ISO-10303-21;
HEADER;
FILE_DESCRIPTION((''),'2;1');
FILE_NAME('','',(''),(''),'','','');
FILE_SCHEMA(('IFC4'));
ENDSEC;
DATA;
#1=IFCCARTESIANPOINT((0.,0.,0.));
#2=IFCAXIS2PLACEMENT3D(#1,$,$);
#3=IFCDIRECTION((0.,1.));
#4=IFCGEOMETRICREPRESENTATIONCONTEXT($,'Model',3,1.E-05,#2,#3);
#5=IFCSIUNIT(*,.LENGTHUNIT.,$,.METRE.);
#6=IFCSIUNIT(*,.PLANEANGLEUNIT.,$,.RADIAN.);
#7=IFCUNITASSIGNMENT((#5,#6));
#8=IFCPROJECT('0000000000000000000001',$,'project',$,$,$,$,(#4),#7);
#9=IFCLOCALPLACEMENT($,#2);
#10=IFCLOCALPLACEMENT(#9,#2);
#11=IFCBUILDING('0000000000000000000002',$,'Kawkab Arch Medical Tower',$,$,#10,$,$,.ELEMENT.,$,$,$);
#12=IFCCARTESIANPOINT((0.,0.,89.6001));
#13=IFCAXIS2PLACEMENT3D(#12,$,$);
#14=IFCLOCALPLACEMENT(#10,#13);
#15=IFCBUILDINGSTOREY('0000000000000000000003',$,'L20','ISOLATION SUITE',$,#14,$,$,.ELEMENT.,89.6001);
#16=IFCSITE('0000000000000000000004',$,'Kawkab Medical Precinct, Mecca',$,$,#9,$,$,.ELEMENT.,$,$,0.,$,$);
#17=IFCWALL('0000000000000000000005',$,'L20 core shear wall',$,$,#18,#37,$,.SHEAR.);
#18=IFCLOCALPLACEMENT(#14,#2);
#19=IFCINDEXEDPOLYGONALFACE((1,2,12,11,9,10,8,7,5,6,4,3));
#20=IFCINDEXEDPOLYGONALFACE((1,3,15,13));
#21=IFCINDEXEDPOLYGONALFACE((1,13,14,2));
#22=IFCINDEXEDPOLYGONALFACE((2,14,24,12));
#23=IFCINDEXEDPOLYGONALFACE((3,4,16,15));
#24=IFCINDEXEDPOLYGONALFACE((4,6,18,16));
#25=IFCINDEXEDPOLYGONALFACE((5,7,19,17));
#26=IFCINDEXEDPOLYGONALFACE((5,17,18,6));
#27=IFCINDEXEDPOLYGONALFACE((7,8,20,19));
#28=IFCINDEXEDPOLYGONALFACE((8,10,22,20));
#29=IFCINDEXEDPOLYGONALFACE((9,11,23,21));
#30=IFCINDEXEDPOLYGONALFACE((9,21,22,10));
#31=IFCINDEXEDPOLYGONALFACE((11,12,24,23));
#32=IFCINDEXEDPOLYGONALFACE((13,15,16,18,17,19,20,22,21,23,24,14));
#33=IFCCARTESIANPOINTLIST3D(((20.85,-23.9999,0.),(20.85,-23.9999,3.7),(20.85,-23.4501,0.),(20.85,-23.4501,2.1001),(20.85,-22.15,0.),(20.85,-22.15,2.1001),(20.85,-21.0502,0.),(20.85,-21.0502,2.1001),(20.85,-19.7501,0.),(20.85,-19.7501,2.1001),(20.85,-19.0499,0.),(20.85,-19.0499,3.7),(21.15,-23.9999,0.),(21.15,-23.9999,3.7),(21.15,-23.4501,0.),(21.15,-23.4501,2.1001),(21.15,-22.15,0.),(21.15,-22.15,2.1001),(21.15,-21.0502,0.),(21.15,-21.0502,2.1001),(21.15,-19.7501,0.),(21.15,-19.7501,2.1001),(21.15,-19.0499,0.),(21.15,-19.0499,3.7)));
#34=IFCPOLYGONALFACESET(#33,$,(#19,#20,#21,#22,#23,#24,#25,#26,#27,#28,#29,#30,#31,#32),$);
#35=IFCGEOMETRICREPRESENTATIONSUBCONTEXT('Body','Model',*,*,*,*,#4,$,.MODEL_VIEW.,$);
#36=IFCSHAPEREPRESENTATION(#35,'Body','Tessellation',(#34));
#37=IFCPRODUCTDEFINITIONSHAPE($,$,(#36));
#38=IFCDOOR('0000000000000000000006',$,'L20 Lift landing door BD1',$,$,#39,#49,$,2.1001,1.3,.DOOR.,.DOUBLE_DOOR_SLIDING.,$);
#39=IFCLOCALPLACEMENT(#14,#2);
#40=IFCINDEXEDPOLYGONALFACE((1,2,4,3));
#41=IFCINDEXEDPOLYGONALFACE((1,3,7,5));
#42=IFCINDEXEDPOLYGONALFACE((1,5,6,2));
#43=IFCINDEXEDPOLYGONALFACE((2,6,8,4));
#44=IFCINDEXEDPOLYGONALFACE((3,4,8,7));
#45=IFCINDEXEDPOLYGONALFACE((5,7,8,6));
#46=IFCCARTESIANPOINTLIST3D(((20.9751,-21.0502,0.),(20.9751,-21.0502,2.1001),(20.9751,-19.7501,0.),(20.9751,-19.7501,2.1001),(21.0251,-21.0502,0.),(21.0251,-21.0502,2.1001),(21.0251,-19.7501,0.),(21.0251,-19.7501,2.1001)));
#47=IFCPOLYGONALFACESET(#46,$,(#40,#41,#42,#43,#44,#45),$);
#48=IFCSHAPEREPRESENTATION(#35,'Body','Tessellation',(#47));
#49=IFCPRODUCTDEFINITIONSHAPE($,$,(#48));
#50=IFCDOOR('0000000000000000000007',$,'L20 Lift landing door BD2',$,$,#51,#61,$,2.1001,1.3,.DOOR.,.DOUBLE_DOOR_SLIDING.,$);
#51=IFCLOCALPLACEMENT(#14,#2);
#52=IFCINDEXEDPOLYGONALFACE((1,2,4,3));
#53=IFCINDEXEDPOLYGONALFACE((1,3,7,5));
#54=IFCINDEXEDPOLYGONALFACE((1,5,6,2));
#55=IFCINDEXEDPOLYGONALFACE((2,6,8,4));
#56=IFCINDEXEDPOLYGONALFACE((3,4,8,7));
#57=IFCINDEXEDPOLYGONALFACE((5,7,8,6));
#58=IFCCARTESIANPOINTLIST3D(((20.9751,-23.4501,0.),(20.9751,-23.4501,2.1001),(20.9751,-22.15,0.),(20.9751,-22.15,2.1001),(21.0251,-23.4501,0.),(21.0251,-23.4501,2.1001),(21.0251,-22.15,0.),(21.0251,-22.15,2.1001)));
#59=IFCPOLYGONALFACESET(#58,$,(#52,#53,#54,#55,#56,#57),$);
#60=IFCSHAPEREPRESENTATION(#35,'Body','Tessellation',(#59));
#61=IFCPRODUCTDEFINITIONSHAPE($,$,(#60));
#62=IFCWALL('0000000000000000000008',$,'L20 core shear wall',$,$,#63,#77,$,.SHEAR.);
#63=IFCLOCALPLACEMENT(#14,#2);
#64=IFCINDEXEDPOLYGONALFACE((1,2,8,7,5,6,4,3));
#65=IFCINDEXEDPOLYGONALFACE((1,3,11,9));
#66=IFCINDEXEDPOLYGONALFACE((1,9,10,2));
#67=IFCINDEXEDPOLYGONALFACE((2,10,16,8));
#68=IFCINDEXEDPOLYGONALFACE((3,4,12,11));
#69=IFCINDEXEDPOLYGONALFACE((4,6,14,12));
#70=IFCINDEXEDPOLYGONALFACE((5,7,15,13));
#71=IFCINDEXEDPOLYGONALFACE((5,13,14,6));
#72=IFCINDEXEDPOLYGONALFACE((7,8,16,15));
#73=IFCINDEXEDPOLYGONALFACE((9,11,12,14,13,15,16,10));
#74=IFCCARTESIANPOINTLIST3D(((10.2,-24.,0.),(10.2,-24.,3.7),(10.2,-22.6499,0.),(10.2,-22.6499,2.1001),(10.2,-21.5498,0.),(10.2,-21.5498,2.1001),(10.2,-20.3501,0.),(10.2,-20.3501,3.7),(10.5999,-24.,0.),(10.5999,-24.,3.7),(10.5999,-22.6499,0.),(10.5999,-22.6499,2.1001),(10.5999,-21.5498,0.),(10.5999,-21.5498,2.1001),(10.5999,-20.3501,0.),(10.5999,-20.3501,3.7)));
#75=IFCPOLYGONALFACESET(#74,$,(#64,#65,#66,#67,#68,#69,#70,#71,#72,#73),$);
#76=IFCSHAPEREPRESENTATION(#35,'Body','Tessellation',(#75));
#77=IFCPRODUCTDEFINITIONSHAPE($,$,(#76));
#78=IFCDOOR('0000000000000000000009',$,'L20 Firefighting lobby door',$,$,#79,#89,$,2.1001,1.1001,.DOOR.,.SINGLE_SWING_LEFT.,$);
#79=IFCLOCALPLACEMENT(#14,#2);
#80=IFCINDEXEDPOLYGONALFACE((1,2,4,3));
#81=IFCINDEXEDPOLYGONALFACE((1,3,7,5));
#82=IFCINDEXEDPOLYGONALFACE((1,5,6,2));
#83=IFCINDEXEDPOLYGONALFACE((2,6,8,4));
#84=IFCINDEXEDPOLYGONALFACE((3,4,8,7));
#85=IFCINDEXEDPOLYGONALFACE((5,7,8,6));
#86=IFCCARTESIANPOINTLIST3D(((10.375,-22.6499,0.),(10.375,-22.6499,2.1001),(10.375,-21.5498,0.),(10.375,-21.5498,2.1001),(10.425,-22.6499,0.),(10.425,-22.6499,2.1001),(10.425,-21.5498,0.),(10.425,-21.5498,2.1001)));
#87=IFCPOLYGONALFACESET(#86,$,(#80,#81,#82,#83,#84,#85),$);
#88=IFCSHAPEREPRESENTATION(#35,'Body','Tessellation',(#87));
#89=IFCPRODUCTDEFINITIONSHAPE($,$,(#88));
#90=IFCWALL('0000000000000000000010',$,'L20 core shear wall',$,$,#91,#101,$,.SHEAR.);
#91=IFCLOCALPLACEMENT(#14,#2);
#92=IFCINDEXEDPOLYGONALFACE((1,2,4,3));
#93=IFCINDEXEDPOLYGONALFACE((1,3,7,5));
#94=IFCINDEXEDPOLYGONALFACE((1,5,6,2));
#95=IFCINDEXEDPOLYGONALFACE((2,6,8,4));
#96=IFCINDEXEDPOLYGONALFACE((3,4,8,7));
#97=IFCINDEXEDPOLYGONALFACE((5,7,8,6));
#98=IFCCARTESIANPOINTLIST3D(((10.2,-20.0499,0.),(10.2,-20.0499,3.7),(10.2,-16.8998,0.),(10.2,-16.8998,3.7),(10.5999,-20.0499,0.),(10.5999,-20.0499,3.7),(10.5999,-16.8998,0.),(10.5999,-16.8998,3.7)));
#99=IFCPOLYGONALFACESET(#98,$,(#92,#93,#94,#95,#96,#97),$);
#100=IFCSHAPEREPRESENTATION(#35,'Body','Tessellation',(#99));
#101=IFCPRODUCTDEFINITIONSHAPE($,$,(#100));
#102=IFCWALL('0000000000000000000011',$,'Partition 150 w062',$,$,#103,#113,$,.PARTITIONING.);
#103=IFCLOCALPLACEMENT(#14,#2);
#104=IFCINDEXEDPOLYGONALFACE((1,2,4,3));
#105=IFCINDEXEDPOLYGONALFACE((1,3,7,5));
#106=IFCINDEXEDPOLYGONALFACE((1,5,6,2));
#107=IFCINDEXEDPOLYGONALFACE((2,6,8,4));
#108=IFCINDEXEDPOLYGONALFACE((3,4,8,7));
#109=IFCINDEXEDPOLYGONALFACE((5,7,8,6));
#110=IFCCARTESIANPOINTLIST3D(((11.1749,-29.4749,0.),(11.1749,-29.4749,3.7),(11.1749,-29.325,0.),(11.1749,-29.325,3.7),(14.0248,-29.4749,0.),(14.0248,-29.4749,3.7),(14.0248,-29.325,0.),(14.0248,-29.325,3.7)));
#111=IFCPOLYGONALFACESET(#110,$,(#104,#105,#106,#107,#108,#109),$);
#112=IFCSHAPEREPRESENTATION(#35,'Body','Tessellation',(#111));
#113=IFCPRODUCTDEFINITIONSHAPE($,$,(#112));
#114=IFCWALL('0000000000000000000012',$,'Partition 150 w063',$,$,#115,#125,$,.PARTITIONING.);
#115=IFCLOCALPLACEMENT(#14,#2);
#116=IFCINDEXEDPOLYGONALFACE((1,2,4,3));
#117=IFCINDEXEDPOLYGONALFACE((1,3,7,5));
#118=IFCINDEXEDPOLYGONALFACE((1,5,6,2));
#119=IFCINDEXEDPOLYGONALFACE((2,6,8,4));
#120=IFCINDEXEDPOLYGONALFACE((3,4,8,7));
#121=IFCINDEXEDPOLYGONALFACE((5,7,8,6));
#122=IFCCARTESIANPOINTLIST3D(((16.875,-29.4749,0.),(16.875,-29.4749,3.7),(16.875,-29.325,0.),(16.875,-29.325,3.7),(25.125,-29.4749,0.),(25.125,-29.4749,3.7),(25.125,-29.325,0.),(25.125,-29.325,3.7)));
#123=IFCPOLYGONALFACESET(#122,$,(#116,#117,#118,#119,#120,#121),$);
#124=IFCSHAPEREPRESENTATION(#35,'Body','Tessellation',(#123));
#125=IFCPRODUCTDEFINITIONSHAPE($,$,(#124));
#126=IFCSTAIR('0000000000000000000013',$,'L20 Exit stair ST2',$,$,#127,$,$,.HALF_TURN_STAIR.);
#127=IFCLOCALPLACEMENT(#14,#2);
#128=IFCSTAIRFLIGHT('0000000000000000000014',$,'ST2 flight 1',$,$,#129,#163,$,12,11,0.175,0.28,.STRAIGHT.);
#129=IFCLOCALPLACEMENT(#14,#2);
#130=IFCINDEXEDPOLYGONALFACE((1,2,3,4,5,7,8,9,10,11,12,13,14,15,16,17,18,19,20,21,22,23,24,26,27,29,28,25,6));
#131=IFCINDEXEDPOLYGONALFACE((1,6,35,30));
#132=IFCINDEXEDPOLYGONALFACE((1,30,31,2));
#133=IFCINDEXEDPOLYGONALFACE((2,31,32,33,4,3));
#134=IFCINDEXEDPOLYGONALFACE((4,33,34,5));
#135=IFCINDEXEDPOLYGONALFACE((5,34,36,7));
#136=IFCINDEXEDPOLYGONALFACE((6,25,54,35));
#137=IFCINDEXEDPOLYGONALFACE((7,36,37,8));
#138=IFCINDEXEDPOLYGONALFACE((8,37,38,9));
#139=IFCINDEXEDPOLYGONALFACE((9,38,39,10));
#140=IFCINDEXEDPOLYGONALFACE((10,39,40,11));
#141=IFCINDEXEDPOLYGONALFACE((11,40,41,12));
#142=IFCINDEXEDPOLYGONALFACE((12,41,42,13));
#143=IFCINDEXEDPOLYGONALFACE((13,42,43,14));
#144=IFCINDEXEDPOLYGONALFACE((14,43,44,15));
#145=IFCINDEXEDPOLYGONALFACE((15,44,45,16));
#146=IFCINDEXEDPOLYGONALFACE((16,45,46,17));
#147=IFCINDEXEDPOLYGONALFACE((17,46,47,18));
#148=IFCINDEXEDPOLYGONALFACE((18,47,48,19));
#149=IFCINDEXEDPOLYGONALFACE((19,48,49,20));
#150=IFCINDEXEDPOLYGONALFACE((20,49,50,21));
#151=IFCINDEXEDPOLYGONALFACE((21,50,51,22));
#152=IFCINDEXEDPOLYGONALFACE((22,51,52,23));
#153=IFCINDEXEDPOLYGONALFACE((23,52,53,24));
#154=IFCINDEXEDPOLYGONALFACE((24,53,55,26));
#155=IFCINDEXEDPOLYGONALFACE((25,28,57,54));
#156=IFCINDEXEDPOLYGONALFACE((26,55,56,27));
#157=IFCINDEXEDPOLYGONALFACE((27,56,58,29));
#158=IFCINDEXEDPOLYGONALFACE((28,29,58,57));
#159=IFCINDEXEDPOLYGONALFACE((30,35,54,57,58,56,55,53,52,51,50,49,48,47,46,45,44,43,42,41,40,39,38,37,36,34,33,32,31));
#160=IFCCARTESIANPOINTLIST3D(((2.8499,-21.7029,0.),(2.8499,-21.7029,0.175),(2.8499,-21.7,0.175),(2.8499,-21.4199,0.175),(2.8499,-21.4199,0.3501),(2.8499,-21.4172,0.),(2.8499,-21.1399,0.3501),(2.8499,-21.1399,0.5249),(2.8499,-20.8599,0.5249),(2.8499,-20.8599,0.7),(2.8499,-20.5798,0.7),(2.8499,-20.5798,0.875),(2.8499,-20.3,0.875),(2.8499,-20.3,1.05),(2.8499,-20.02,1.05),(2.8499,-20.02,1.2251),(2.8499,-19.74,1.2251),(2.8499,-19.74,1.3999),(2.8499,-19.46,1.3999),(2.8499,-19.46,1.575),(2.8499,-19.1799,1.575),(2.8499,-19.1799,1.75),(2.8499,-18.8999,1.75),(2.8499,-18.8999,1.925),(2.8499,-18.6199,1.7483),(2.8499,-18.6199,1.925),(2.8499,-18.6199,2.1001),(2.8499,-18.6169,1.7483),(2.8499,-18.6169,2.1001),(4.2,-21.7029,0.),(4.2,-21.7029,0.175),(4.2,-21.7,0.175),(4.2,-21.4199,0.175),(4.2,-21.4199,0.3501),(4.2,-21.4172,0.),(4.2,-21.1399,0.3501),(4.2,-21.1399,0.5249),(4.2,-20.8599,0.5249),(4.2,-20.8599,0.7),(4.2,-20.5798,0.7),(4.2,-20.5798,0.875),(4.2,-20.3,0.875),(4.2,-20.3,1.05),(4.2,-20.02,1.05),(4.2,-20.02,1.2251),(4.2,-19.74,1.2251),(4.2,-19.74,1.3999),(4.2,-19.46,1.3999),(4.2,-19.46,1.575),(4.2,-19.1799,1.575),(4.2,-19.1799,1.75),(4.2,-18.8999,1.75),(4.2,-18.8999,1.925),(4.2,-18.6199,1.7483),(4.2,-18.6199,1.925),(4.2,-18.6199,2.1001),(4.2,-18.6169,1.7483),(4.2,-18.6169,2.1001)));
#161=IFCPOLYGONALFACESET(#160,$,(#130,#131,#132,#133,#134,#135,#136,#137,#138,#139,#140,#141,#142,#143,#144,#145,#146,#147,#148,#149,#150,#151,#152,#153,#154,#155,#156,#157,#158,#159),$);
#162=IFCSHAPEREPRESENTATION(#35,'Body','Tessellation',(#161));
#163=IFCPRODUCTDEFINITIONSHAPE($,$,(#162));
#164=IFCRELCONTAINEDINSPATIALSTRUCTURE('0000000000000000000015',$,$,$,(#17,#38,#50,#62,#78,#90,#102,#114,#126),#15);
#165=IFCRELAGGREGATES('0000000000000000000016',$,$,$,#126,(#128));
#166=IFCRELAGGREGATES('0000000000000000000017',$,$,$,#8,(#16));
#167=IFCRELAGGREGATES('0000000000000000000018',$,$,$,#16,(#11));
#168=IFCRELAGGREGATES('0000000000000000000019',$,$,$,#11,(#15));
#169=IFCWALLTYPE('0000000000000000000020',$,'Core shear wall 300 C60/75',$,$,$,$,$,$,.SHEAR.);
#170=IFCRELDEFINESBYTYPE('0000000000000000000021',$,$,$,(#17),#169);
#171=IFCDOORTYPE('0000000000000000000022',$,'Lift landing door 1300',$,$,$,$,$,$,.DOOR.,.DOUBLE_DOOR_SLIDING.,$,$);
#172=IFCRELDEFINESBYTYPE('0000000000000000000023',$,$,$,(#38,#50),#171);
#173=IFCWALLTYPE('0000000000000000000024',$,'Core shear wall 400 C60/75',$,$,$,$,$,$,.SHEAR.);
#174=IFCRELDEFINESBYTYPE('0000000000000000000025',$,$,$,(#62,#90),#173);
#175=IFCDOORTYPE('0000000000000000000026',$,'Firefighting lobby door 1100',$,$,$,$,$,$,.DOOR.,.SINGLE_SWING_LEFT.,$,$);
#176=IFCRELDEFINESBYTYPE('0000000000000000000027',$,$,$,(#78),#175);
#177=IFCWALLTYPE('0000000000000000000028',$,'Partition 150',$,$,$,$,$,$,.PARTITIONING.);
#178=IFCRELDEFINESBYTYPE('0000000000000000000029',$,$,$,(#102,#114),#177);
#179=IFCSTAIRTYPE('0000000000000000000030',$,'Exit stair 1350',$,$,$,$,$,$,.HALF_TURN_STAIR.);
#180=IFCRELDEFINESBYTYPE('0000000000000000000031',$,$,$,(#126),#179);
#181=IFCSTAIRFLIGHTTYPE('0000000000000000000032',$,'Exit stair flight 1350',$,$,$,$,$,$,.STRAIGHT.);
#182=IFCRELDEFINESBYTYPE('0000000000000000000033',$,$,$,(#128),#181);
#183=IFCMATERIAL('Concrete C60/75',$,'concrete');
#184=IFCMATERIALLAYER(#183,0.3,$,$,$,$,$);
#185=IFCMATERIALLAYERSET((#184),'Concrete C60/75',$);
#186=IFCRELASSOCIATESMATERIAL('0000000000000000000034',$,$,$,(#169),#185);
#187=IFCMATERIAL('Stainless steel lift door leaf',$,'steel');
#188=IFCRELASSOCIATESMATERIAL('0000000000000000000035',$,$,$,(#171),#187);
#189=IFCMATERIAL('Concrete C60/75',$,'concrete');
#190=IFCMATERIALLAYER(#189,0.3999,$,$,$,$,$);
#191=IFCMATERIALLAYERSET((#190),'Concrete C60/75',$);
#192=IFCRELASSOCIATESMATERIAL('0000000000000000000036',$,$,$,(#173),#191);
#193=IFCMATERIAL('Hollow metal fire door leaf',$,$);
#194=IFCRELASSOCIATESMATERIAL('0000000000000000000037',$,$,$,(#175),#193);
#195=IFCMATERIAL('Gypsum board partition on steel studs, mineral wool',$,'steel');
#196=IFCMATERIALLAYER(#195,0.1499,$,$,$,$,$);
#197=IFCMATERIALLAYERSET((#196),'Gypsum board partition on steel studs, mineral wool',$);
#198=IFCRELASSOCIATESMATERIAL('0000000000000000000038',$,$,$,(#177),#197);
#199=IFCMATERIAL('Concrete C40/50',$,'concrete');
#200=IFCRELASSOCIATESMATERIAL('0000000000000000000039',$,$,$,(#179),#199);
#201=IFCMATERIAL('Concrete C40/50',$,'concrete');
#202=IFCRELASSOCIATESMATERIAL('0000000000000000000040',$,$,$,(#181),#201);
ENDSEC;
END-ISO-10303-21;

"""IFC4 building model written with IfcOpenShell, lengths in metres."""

from ifc_helpers import new_model, si_unit, direction, frame, frame_2d, origin, place, context, subcontext, project, spatial, polyline, rectangle, outline, extrude, material, layer, layer_set, type_object, element, fill, aggregate, save


model = new_model("IFC4")

# Units and contexts
model_context = context("Model", 3, precision=1e-05, world=origin(), true_north=direction((0.0, 1.0)))
body_context = subcontext(model_context, "Body", "Model", "MODEL_VIEW")
ifc_project = project(units=[si_unit("LENGTHUNIT", "METRE"), si_unit("PLANEANGLEUNIT", "RADIAN")], contexts=[model_context])

# Site, building, storey
site_placement = place(None, origin())
site = spatial("IfcSite", under=ifc_project, at=site_placement, Name="Kawkab Medical Precinct, Mecca", CompositionType="ELEMENT", RefElevation=0.0)
building_placement = place(site_placement, origin())
building = spatial("IfcBuilding", under=site, at=building_placement, Name="Kawkab Arch Medical Tower", CompositionType="ELEMENT")
storey_placement = place(building_placement, frame((0.0, 0.0, 89.6001)))
storey = spatial("IfcBuildingStorey", under=building, at=storey_placement, Name="L20", Description="ISOLATION SUITE", CompositionType="ELEMENT", Elevation=89.6001)

# Shared definitions
ifc_material_1 = material(Name="Concrete C60/75", Category="concrete")
ifc_layer_1 = layer(ifc_material_1, 0.3)
ifc_layer_set_1 = layer_set([ifc_layer_1], Name="Concrete C60/75")
wall_type_1 = type_object("IfcWallType", Name="Core shear wall 300 C60/75", PredefinedType="SHEAR", material=ifc_layer_set_1)

# Shared definitions
ifc_material_2 = material(Name="Stainless steel lift door leaf", Category="steel")
door_type_1 = type_object("IfcDoorType", Name="Lift landing door 1300", OperationType="DOUBLE_DOOR_SLIDING", PredefinedType="DOOR", material=ifc_material_2)

# Wall, openings, doors
wall_1_placement = place(storey_placement, frame((21.0, -24.0, 0.0), z_axis=(0.0, 0.0, 1.0), x_axis=(0.0, 1.0, 0.0)))
wall_1 = element("IfcWall", 1, at=wall_1_placement, inside=storey, type_object=wall_type_1, Name="L20 core shear wall", PredefinedType="SHEAR", context=body_context, shape_type="SweptSolid", body=[
    extrude(rectangle(XDim=4.95, YDim=0.3, at=frame_2d((2.4751, 0.0))), origin(), (0.0, 0.0, 1.0), 3.7),
])
opening_1_placement = place(wall_1_placement, frame((2.95, 0.0, 0.0)))
opening_1 = element("IfcOpeningElement", 2, at=opening_1_placement, cuts=wall_1, PredefinedType="OPENING", context=body_context, shape_type="SweptSolid", body=[
    extrude(rectangle(XDim=1.3, YDim=2.1001, at=frame_2d((0.6499, 1.05))), frame((0.0, 0.1599, 0.0), z_axis=(0.0, -1.0, 0.0), x_axis=(1.0, 0.0, 0.0)), (0.0, 0.0, 1.0), 0.3201),
])
opening_2_placement = place(wall_1_placement, frame((0.55, 0.0, 0.0)))
opening_2 = element("IfcOpeningElement", 3, at=opening_2_placement, cuts=wall_1, PredefinedType="OPENING", context=body_context, shape_type="SweptSolid", body=[
    extrude(rectangle(XDim=1.3, YDim=2.1001, at=frame_2d((0.6499, 1.05))), frame((0.0, 0.1599, 0.0), z_axis=(0.0, -1.0, 0.0), x_axis=(1.0, 0.0, 0.0)), (0.0, 0.0, 1.0), 0.3201),
])
door_1_placement = place(opening_1_placement, origin())
door_1 = element("IfcDoor", 4, at=door_1_placement, inside=storey, type_object=door_type_1, Name="L20 Lift landing door BD1", OperationType="DOUBLE_DOOR_SLIDING", OverallHeight=2.1001, OverallWidth=1.3, PredefinedType="DOOR", context=body_context, shape_type="SweptSolid", body=[
    extrude(rectangle(XDim=1.3, YDim=2.1001, at=frame_2d((0.6499, 1.05))), frame((0.0, 0.0249, 0.0), z_axis=(0.0, -1.0, 0.0), x_axis=(1.0, 0.0, 0.0)), (0.0, 0.0, 1.0), 0.05),
])
fill(opening_1, door_1)
door_2_placement = place(opening_2_placement, origin())
door_2 = element("IfcDoor", 5, at=door_2_placement, inside=storey, type_object=door_type_1, Name="L20 Lift landing door BD2", OperationType="DOUBLE_DOOR_SLIDING", OverallHeight=2.1001, OverallWidth=1.3, PredefinedType="DOOR", context=body_context, shape_type="SweptSolid", body=[
    extrude(rectangle(XDim=1.3, YDim=2.1001, at=frame_2d((0.6499, 1.05))), frame((0.0, 0.0249, 0.0), z_axis=(0.0, -1.0, 0.0), x_axis=(1.0, 0.0, 0.0)), (0.0, 0.0, 1.0), 0.05),
])
fill(opening_2, door_2)

# Wall, opening, door
ifc_material_3 = material(Name="Concrete C60/75", Category="concrete")
ifc_layer_2 = layer(ifc_material_3, 0.3999)
ifc_layer_set_2 = layer_set([ifc_layer_2], Name="Concrete C60/75")
wall_type_2 = type_object("IfcWallType", Name="Core shear wall 400 C60/75", PredefinedType="SHEAR", material=ifc_layer_set_2)
wall_2_placement = place(storey_placement, frame((10.3999, -24.0, 0.0), z_axis=(0.0, 0.0, 1.0), x_axis=(0.0, 1.0, 0.0)))
wall_2 = element("IfcWall", 6, at=wall_2_placement, inside=storey, type_object=wall_type_2, Name="L20 core shear wall", PredefinedType="SHEAR", context=body_context, shape_type="SweptSolid", body=[
    extrude(rectangle(XDim=3.6499, YDim=0.3999, at=frame_2d((1.825, 0.0))), origin(), (0.0, 0.0, 1.0), 3.7),
])
opening_3_placement = place(wall_2_placement, frame((1.3501, 0.0, 0.0)))
opening_3 = element("IfcOpeningElement", 7, at=opening_3_placement, cuts=wall_2, PredefinedType="OPENING", context=body_context, shape_type="SweptSolid", body=[
    extrude(rectangle(XDim=1.1001, YDim=2.1001, at=frame_2d((0.55, 1.05))), frame((0.0, 0.21, 0.0), z_axis=(0.0, -1.0, 0.0), x_axis=(1.0, 0.0, 0.0)), (0.0, 0.0, 1.0), 0.4199),
])
ifc_material_4 = material(Name="Hollow metal fire door leaf")
door_type_2 = type_object("IfcDoorType", Name="Firefighting lobby door 1100", OperationType="SINGLE_SWING_LEFT", PredefinedType="DOOR", material=ifc_material_4)
door_3_placement = place(opening_3_placement, origin())
door_3 = element("IfcDoor", 8, at=door_3_placement, inside=storey, type_object=door_type_2, Name="L20 Firefighting lobby door", OperationType="SINGLE_SWING_LEFT", OverallHeight=2.1001, OverallWidth=1.1001, PredefinedType="DOOR", context=body_context, shape_type="SweptSolid", body=[
    extrude(rectangle(XDim=1.1001, YDim=2.1001, at=frame_2d((0.55, 1.05))), frame((0.0, 0.0249, 0.0), z_axis=(0.0, -1.0, 0.0), x_axis=(1.0, 0.0, 0.0)), (0.0, 0.0, 1.0), 0.05),
])
fill(opening_3, door_3)

# Walls
wall_3_placement = place(storey_placement, frame((10.3999, -20.05, 0.0), z_axis=(0.0, 0.0, 1.0), x_axis=(0.0, 1.0, 0.0)))
element("IfcWall", 9, at=wall_3_placement, inside=storey, type_object=wall_type_2, Name="L20 core shear wall", PredefinedType="SHEAR", context=body_context, shape_type="SweptSolid", body=[
    extrude(rectangle(XDim=3.1501, YDim=0.3999, at=frame_2d((1.5752, 0.0))), origin(), (0.0, 0.0, 1.0), 3.7),
])
ifc_material_5 = material(Name="Gypsum board partition on steel studs, mineral wool", Category="steel")
ifc_layer_3 = layer(ifc_material_5, 0.1499)
ifc_layer_set_3 = layer_set([ifc_layer_3], Name="Gypsum board partition on steel studs, mineral wool")
wall_type_3 = type_object("IfcWallType", Name="Partition 150", PredefinedType="PARTITIONING", material=ifc_layer_set_3)
wall_4_placement = place(storey_placement, frame((11.175, -29.3999, 0.0), z_axis=(0.0, 0.0, 1.0), x_axis=(1.0, 0.0, 0.0)))
element("IfcWall", 10, at=wall_4_placement, inside=storey, type_object=wall_type_3, Name="Partition 150 w062", PredefinedType="PARTITIONING", context=body_context, shape_type="SweptSolid", body=[
    extrude(rectangle(XDim=2.8499, YDim=0.1499, at=frame_2d((1.4248, 0.0))), origin(), (0.0, 0.0, 1.0), 3.7),
])
wall_5_placement = place(storey_placement, frame((16.875, -29.3999, 0.0), z_axis=(0.0, 0.0, 1.0), x_axis=(1.0, 0.0, 0.0)))
element("IfcWall", 11, at=wall_5_placement, inside=storey, type_object=wall_type_3, Name="Partition 150 w063", PredefinedType="PARTITIONING", context=body_context, shape_type="SweptSolid", body=[
    extrude(rectangle(XDim=8.25, YDim=0.1499, at=frame_2d((4.125, 0.0))), origin(), (0.0, 0.0, 1.0), 3.7),
])

# Stair, stair flight
ifc_material_6 = material(Name="Concrete C40/50", Category="concrete")
stair_type = type_object("IfcStairType", Name="Exit stair 1350", PredefinedType="HALF_TURN_STAIR", material=ifc_material_6)
stair_placement = place(storey_placement, origin())
stair = element("IfcStair", 12, at=stair_placement, inside=storey, type_object=stair_type, Name="L20 Exit stair ST2", PredefinedType="HALF_TURN_STAIR")
ifc_material_7 = material(Name="Concrete C40/50", Category="concrete")
stair_flight_type = type_object("IfcStairFlightType", Name="Exit stair flight 1350", PredefinedType="STRAIGHT", material=ifc_material_7)
stair_flight_placement = place(storey_placement, frame((3.5249, -21.7, 0.0), z_axis=(0.0, 0.0, 1.0), x_axis=(0.0, 1.0, 0.0)))
stair_flight = element("IfcStairFlight", 13, at=stair_flight_placement, type_object=stair_flight_type, Name="ST2 flight 1", NumberOfRisers=12, NumberOfTreads=11, PredefinedType="STRAIGHT", RiserHeight=0.175, TreadLength=0.28, context=body_context, shape_type="SweptSolid", body=[
    extrude(outline(polyline([(-0.0029, 0.0), (-0.0029, 0.175), (0.0, 0.175), (0.28, 0.175), (0.28, 0.3501), (0.5601, 0.3501), (0.5601, 0.5249), (0.8401, 0.5249), (0.8401, 0.7), (1.1201, 0.7), (1.1201, 0.875), (1.3999, 0.875), (1.3999, 1.05), (1.6799, 1.05), (1.6799, 1.2251), (1.96, 1.2251), (1.96, 1.3999), (2.24, 1.3999), (2.24, 1.575), (2.52, 1.575), (2.52, 1.75), (2.8, 1.75), (2.8, 1.925), (3.0801, 1.925), (3.0801, 2.1001), (3.083, 2.1001), (3.083, 1.7483), (3.0801, 1.7483), (0.2827, 0.0), (-0.0029, 0.0)])), frame((0.0, 0.675, 0.0), z_axis=(0.0, -1.0, 0.0), x_axis=(1.0, 0.0, 0.0)), (0.0, 0.0, 1.0), 1.3501),
])
aggregate(stair, [stair_flight])

save(model, "model.ifc")
